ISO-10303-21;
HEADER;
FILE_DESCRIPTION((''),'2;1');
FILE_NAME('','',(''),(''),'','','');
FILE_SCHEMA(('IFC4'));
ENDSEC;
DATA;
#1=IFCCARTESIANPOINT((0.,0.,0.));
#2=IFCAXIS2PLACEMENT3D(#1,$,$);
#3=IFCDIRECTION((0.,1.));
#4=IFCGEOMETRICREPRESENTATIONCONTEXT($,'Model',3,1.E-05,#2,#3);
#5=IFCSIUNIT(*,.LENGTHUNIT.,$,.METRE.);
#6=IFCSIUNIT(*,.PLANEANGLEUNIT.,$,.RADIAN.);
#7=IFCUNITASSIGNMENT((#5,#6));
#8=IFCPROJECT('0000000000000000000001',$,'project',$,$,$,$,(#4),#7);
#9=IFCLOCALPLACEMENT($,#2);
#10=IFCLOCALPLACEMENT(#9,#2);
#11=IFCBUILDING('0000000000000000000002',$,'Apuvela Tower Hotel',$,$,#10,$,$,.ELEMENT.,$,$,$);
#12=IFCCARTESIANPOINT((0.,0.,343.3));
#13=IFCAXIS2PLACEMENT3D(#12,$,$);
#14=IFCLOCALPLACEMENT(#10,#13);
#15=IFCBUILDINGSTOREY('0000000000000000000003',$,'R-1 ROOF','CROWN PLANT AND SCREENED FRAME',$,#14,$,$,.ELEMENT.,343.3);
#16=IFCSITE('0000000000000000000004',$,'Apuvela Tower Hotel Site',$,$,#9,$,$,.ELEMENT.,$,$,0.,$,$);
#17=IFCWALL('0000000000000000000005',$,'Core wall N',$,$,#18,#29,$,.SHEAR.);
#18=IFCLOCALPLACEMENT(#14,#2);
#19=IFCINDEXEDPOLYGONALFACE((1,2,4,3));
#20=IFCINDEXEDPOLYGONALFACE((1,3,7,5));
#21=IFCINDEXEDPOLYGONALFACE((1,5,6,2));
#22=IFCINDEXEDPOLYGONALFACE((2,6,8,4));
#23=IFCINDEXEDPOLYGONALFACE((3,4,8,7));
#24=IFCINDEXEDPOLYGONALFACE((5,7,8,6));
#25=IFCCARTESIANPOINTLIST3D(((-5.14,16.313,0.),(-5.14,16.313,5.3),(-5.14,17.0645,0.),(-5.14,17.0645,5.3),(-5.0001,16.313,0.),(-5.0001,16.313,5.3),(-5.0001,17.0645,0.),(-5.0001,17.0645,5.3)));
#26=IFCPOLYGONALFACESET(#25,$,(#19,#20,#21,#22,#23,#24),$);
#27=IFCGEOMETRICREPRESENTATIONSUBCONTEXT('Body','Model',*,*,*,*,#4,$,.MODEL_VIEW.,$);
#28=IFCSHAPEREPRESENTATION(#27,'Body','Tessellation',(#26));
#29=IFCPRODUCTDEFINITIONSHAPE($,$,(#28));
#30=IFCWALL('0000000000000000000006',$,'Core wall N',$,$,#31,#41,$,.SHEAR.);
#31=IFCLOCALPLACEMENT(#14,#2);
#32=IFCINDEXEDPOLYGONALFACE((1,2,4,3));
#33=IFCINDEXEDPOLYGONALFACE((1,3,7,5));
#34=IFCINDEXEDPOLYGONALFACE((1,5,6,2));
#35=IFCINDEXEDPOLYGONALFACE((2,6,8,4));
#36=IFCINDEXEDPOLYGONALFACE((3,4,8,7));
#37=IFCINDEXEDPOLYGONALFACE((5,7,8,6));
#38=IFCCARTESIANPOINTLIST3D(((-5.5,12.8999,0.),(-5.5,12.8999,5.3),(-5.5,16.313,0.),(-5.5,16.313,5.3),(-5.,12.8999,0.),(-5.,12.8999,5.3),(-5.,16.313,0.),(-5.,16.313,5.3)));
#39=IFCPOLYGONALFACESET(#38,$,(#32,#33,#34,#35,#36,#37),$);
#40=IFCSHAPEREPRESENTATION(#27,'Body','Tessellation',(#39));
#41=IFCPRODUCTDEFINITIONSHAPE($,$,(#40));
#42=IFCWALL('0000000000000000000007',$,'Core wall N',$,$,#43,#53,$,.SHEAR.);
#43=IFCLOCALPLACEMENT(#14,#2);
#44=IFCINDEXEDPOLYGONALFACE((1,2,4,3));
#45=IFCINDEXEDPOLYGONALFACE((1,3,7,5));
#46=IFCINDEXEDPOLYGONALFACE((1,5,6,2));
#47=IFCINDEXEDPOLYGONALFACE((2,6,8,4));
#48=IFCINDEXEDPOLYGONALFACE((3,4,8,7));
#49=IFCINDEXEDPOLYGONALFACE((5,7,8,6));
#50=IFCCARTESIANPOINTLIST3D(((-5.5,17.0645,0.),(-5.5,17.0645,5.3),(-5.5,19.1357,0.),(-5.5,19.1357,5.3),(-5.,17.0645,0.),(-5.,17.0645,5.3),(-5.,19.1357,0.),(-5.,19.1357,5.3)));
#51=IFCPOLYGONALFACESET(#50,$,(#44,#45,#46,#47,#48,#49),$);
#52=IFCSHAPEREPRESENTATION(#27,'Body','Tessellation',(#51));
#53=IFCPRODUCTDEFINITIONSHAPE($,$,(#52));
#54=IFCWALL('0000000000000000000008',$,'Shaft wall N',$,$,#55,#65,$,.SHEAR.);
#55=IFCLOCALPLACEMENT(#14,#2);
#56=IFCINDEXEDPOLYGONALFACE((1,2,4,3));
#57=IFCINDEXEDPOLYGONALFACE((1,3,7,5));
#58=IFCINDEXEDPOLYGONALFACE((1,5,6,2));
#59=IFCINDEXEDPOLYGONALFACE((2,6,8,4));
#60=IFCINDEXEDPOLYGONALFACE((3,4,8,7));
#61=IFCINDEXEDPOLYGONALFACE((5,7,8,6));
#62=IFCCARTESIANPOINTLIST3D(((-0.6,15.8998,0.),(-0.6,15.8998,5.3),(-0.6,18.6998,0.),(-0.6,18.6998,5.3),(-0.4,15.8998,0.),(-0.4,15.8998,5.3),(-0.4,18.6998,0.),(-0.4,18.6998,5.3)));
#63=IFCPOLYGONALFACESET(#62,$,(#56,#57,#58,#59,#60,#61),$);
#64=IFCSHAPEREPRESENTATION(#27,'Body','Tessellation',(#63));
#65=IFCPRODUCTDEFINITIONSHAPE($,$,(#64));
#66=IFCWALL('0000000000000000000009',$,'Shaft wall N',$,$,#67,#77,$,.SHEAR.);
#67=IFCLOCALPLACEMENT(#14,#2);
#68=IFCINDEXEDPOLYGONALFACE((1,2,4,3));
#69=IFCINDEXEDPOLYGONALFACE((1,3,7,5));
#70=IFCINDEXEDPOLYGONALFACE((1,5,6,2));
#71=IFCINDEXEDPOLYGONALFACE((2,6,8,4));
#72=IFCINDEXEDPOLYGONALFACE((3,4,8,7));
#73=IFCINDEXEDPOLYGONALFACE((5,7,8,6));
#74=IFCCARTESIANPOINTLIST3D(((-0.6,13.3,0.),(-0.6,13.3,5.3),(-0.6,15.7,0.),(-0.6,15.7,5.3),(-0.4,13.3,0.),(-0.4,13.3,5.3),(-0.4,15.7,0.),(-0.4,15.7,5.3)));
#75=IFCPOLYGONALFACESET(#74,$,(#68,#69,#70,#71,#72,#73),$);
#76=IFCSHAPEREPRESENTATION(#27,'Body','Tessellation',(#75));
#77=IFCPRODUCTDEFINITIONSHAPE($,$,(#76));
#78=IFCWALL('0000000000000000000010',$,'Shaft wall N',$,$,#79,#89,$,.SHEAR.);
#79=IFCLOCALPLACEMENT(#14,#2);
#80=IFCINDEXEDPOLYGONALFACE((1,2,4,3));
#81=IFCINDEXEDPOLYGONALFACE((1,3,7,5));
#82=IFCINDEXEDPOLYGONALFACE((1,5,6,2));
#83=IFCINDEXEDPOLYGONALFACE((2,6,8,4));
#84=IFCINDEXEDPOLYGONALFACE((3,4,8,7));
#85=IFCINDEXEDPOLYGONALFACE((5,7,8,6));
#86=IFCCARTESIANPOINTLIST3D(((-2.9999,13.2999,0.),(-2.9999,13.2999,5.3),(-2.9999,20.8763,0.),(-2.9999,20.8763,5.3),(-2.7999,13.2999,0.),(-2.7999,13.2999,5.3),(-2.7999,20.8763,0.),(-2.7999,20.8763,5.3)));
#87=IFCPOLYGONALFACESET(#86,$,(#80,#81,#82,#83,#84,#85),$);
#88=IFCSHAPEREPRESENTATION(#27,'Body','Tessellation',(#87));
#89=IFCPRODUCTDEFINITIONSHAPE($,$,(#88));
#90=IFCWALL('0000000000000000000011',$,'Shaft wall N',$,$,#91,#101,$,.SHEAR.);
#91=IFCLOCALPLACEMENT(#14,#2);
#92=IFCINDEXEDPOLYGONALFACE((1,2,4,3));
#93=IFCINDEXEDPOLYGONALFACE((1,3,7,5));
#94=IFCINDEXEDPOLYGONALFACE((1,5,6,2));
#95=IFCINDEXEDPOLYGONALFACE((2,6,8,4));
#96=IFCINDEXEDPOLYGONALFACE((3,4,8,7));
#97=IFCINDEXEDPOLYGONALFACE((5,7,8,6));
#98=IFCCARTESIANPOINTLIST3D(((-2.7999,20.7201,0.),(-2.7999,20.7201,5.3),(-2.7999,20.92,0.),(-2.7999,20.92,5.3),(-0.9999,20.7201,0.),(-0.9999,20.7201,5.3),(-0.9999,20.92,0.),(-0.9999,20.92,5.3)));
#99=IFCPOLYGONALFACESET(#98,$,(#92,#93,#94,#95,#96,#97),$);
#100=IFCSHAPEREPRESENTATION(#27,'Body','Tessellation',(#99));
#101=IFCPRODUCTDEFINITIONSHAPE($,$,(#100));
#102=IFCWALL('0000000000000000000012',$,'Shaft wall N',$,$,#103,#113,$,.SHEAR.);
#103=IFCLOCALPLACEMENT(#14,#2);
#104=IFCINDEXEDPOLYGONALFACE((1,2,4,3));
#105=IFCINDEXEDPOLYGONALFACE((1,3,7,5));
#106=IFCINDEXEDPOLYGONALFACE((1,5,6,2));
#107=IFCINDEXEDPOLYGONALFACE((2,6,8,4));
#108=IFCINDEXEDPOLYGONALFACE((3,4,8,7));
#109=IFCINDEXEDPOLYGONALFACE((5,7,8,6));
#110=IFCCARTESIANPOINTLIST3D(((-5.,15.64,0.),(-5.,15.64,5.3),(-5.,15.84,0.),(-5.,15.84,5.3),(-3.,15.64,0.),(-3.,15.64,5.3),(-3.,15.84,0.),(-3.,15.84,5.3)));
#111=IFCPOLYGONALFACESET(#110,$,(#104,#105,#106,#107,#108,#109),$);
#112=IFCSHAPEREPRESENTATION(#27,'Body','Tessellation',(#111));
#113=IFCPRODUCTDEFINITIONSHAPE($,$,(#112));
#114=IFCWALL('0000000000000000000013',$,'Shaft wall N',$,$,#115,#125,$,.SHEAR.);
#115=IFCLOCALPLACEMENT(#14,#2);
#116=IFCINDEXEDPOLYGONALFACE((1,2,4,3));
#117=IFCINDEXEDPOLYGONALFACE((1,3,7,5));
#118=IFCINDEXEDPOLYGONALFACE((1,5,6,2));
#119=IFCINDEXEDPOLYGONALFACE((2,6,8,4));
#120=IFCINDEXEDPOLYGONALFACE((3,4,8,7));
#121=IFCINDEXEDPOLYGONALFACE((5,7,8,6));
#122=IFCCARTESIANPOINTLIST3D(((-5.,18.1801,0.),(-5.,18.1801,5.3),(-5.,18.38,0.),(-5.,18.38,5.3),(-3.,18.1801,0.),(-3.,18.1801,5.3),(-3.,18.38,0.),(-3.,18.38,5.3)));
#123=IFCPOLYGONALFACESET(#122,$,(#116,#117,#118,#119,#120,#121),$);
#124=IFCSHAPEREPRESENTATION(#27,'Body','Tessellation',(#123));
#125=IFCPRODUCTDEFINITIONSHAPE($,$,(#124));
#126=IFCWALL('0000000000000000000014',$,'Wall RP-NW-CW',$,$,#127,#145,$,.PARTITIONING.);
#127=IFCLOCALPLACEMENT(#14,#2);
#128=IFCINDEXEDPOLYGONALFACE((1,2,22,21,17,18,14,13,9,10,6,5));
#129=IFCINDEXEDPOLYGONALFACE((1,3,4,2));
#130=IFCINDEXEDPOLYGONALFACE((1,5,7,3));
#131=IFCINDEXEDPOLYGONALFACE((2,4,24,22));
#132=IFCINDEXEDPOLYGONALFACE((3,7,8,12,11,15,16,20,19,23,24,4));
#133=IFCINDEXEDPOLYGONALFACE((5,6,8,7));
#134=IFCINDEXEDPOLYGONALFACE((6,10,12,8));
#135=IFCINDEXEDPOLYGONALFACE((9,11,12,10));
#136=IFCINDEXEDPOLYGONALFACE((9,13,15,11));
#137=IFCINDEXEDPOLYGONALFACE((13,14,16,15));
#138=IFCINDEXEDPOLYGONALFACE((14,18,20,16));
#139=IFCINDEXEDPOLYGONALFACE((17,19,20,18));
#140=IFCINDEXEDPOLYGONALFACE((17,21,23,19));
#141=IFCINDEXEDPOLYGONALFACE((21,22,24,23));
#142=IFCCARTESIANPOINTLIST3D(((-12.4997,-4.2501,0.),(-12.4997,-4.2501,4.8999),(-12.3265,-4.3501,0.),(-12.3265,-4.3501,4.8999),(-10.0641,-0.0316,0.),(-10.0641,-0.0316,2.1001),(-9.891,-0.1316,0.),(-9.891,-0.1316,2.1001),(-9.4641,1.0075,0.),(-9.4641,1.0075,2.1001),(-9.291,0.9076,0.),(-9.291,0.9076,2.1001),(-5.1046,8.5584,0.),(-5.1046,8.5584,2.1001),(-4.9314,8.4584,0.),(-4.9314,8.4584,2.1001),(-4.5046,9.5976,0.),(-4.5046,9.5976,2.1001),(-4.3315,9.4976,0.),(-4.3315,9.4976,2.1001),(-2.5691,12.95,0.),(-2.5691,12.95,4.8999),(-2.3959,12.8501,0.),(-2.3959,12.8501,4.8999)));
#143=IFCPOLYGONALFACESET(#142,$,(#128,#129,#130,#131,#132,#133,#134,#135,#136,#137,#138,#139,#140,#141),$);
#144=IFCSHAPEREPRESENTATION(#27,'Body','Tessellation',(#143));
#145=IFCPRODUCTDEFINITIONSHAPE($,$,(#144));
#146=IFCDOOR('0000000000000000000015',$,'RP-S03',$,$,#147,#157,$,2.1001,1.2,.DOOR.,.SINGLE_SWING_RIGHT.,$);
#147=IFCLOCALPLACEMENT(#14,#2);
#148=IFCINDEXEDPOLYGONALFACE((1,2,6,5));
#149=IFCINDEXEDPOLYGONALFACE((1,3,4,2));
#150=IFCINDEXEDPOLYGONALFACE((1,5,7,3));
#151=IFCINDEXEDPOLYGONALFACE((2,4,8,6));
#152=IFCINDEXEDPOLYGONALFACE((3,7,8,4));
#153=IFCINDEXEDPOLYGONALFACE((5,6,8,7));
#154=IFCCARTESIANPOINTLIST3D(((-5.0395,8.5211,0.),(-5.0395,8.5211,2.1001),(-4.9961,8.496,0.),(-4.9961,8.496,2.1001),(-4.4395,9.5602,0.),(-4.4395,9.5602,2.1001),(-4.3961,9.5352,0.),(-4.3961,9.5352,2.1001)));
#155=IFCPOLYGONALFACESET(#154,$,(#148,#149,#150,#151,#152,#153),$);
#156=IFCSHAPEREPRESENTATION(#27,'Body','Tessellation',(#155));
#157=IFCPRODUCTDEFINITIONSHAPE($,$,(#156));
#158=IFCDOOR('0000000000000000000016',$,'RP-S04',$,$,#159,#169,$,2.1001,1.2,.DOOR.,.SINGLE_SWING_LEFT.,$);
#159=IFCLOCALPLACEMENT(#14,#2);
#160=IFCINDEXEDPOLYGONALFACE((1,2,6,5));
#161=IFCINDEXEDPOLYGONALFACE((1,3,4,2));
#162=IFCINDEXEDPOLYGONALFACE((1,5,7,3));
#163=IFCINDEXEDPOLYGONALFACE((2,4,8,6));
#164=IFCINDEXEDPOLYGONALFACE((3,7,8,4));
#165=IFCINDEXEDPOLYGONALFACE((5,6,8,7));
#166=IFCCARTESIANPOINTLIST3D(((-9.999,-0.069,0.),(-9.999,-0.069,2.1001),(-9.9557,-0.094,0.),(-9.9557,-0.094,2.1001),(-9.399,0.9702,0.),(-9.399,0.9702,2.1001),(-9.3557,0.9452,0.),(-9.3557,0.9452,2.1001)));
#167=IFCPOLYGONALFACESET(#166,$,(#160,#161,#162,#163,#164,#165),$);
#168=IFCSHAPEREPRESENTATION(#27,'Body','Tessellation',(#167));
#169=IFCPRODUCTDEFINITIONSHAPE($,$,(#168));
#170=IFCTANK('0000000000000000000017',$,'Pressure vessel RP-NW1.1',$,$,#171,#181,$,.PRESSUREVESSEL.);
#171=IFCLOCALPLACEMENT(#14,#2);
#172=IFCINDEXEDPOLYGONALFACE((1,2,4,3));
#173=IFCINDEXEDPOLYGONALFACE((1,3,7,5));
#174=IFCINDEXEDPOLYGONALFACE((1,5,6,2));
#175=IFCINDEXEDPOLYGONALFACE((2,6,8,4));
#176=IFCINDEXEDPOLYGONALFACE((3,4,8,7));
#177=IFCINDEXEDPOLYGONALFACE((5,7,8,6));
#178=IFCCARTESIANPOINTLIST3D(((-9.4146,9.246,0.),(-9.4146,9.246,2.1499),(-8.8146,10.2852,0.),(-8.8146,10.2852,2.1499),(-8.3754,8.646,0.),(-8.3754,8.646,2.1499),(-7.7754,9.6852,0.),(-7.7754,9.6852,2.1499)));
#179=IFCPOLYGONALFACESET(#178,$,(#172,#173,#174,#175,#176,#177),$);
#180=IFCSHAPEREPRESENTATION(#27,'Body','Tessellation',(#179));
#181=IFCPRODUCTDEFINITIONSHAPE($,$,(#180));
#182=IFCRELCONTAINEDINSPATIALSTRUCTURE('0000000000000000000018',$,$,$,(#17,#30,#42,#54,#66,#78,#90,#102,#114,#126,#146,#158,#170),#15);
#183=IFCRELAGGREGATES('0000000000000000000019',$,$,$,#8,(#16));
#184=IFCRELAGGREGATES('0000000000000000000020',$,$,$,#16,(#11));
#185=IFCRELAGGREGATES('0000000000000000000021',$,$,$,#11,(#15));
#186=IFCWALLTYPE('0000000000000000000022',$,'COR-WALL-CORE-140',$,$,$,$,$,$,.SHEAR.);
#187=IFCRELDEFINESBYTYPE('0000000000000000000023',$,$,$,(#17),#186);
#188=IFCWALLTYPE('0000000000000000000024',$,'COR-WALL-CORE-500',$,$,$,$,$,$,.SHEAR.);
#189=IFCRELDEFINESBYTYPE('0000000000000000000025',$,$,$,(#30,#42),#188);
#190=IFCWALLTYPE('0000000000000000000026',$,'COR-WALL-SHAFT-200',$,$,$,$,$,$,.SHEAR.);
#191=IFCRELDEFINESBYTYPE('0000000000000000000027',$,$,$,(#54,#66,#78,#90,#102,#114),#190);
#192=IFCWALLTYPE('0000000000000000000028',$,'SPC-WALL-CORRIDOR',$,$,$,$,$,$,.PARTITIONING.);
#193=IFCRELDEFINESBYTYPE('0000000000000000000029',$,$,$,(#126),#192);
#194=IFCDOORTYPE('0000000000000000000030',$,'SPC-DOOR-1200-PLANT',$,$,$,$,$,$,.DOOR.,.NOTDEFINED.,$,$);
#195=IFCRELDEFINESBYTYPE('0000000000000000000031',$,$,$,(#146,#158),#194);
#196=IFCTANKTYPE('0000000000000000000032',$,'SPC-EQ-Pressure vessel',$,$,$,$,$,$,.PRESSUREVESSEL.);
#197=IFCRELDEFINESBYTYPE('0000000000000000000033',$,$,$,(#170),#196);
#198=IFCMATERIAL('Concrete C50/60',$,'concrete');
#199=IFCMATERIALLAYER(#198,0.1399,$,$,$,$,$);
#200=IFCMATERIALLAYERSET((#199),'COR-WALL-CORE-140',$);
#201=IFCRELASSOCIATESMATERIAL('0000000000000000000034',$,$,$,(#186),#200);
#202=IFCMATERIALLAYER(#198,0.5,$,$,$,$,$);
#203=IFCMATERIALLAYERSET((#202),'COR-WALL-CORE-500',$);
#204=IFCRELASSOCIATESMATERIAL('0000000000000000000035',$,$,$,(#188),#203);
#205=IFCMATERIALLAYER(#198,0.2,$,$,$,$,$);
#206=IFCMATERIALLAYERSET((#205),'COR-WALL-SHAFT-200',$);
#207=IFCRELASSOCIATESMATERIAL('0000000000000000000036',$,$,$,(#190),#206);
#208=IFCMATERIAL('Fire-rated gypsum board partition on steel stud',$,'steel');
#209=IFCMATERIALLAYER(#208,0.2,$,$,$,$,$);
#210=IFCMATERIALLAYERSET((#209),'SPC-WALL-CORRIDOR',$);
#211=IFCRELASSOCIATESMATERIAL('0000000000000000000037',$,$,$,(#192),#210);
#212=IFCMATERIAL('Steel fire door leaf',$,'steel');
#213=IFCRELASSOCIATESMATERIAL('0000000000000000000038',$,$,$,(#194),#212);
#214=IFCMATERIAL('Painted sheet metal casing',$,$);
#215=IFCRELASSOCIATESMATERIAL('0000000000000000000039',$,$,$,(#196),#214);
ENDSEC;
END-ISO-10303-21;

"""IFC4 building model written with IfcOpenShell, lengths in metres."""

from ifc_helpers import new_model, si_unit, direction, frame, frame_2d, origin, origin_2d, place, context, subcontext, project, spatial, rectangle, extrude, material, layer, layer_set, type_object, element, fill, save


model = new_model("IFC4")

# Units and contexts
model_context = context("Model", 3, precision=1e-05, world=origin(), true_north=direction((0.0, 1.0)))
body_context = subcontext(model_context, "Body", "Model", "MODEL_VIEW")
ifc_project = project(units=[si_unit("LENGTHUNIT", "METRE"), si_unit("PLANEANGLEUNIT", "RADIAN")], contexts=[model_context])

# Site, building, storey
site_placement = place(None, origin())
site = spatial("IfcSite", under=ifc_project, at=site_placement, Name="Apuvela Tower Hotel Site", CompositionType="ELEMENT", RefElevation=0.0)
building_placement = place(site_placement, origin())
building = spatial("IfcBuilding", under=site, at=building_placement, Name="Apuvela Tower Hotel", CompositionType="ELEMENT")
storey_placement = place(building_placement, frame((0.0, 0.0, 343.3)))
storey = spatial("IfcBuildingStorey", under=building, at=storey_placement, Name="R-1 ROOF", Description="CROWN PLANT AND SCREENED FRAME", CompositionType="ELEMENT", Elevation=343.3)

# Walls
ifc_material_1 = material(Name="Concrete C50/60", Category="concrete")
ifc_layer_1 = layer(ifc_material_1, 0.1399)
ifc_layer_set_1 = layer_set([ifc_layer_1], Name="COR-WALL-CORE-140")
wall_type_1 = type_object("IfcWallType", Name="COR-WALL-CORE-140", PredefinedType="SHEAR", material=ifc_layer_set_1)
wall_1_placement = place(storey_placement, frame((-5.0701, 16.313, 0.0), z_axis=(0.0, 0.0, 1.0), x_axis=(0.0, 1.0, 0.0)))
element("IfcWall", 1, at=wall_1_placement, inside=storey, type_object=wall_type_1, Name="Core wall N", PredefinedType="SHEAR", context=body_context, shape_type="SweptSolid", body=[
    extrude(rectangle(XDim=0.7515, YDim=0.1399, at=frame_2d((0.3757, 0.0))), origin(), (0.0, 0.0, 1.0), 5.3),
])
ifc_layer_2 = layer(ifc_material_1, 0.5)
ifc_layer_set_2 = layer_set([ifc_layer_2], Name="COR-WALL-CORE-500")
wall_type_2 = type_object("IfcWallType", Name="COR-WALL-CORE-500", PredefinedType="SHEAR", material=ifc_layer_set_2)
wall_2_placement = place(storey_placement, frame((-5.25, 12.8999, 0.0), z_axis=(0.0, 0.0, 1.0), x_axis=(0.0, 1.0, 0.0)))
element("IfcWall", 2, at=wall_2_placement, inside=storey, type_object=wall_type_2, Name="Core wall N", PredefinedType="SHEAR", context=body_context, shape_type="SweptSolid", body=[
    extrude(rectangle(XDim=3.4131, YDim=0.5, at=frame_2d((1.7065, 0.0))), origin(), (0.0, 0.0, 1.0), 5.3),
])
wall_3_placement = place(storey_placement, frame((-5.25, 17.0645, 0.0), z_axis=(0.0, 0.0, 1.0), x_axis=(0.0, 1.0, 0.0)))
element("IfcWall", 3, at=wall_3_placement, inside=storey, type_object=wall_type_2, Name="Core wall N", PredefinedType="SHEAR", context=body_context, shape_type="SweptSolid", body=[
    extrude(rectangle(XDim=2.0713, YDim=0.5, at=frame_2d((1.0356, 0.0))), origin(), (0.0, 0.0, 1.0), 5.3),
])
ifc_layer_3 = layer(ifc_material_1, 0.2)
ifc_layer_set_3 = layer_set([ifc_layer_3], Name="COR-WALL-SHAFT-200")
wall_type_3 = type_object("IfcWallType", Name="COR-WALL-SHAFT-200", PredefinedType="SHEAR", material=ifc_layer_set_3)
wall_4_placement = place(storey_placement, frame((-0.5, 15.8999, 0.0), z_axis=(0.0, 0.0, 1.0), x_axis=(0.0, 1.0, 0.0)))
element("IfcWall", 4, at=wall_4_placement, inside=storey, type_object=wall_type_3, Name="Shaft wall N", PredefinedType="SHEAR", context=body_context, shape_type="SweptSolid", body=[
    extrude(rectangle(XDim=2.8, YDim=0.2, at=frame_2d((1.3999, 0.0))), origin(), (0.0, 0.0, 1.0), 5.3),
])
wall_5_placement = place(storey_placement, frame((-0.5, 13.3, 0.0), z_axis=(0.0, 0.0, 1.0), x_axis=(0.0, 1.0, 0.0)))
element("IfcWall", 5, at=wall_5_placement, inside=storey, type_object=wall_type_3, Name="Shaft wall N", PredefinedType="SHEAR", context=body_context, shape_type="SweptSolid", body=[
    extrude(rectangle(XDim=2.3999, YDim=0.2, at=frame_2d((1.2, 0.0))), origin(), (0.0, 0.0, 1.0), 5.3),
])
wall_6_placement = place(storey_placement, frame((-2.8999, 13.3, 0.0), z_axis=(0.0, 0.0, 1.0), x_axis=(0.0, 1.0, 0.0)))
element("IfcWall", 6, at=wall_6_placement, inside=storey, type_object=wall_type_3, Name="Shaft wall N", PredefinedType="SHEAR", context=body_context, shape_type="SweptSolid", body=[
    extrude(rectangle(XDim=7.5764, YDim=0.2, at=frame_2d((3.7881, 0.0))), origin(), (0.0, 0.0, 1.0), 5.3),
])
wall_7_placement = place(storey_placement, frame((-1.0, 20.8201, 0.0), z_axis=(0.0, 0.0, 1.0), x_axis=(-1.0, 0.0, 0.0)))
element("IfcWall", 7, at=wall_7_placement, inside=storey, type_object=wall_type_3, Name="Shaft wall N", PredefinedType="SHEAR", context=body_context, shape_type="SweptSolid", body=[
    extrude(rectangle(XDim=1.8, YDim=0.2, at=frame_2d((0.8999, 0.0))), origin(), (0.0, 0.0, 1.0), 5.3),
])
for number, where, z_axis, x_axis, name in (
    (8, (-3.0, 15.74, 0.0), (0.0, 0.0, 1.0), (-1.0, 0.0, 0.0), "Shaft wall N"),
    (9, (-3.0, 18.28, 0.0), (0.0, 0.0, 1.0), (-1.0, 0.0, 0.0), "Shaft wall N"),
):
    element("IfcWall", number, at=place(storey_placement, frame(where, z_axis=z_axis, x_axis=x_axis)), inside=storey, type_object=wall_type_3, Name=name, PredefinedType="SHEAR", context=body_context, shape_type="SweptSolid", body=[
        extrude(rectangle(XDim=2.0, YDim=0.2, at=frame_2d((1.0, 0.0))), origin(), (0.0, 0.0, 1.0), 5.3),
    ])

# Wall, openings, doors
ifc_material_2 = material(Name="Fire-rated gypsum board partition on steel stud", Category="steel")
ifc_layer_4 = layer(ifc_material_2, 0.2)
ifc_layer_set_4 = layer_set([ifc_layer_4], Name="SPC-WALL-CORRIDOR")
wall_type_4 = type_object("IfcWallType", Name="SPC-WALL-CORRIDOR", PredefinedType="PARTITIONING", material=ifc_layer_set_4)
wall_8_placement = place(storey_placement, frame((-2.4824, 12.9001, 0.0), z_axis=(0.0, 0.0, 1.0), x_axis=(-0.500005, -0.866023, 0.0)))
wall_8 = element("IfcWall", 10, at=wall_8_placement, inside=storey, type_object=wall_type_4, Name="Wall RP-NW-CW", PredefinedType="PARTITIONING", context=body_context, shape_type="SweptSolid", body=[
    extrude(rectangle(XDim=19.8611, YDim=0.2, at=frame_2d((9.9307, 0.0))), origin(), (0.0, 0.0, 1.0), 4.8999),
])
opening_1_placement = place(wall_8_placement, frame((3.8711, 0.0, 0.0)))
opening_1 = element("IfcOpeningElement", 11, at=opening_1_placement, cuts=wall_8, PredefinedType="OPENING", context=body_context, shape_type="SweptSolid", body=[
    extrude(rectangle(XDim=1.2, YDim=2.1001, at=frame_2d((0.6001, 1.05))), frame((0.0, 0.1099, 0.0), z_axis=(0.0, -1.0, 0.0), x_axis=(1.0, 0.0, 0.0)), (0.0, 0.0, 1.0), 0.22),
])
opening_2_placement = place(wall_8_placement, frame((13.79, 0.0, 0.0)))
opening_2 = element("IfcOpeningElement", 12, at=opening_2_placement, cuts=wall_8, PredefinedType="OPENING", context=body_context, shape_type="SweptSolid", body=[
    extrude(rectangle(XDim=1.2, YDim=2.1001, at=frame_2d((0.6001, 1.05))), frame((0.0, 0.1099, 0.0), z_axis=(0.0, -1.0, 0.0), x_axis=(1.0, 0.0, 0.0)), (0.0, 0.0, 1.0), 0.22),
])
ifc_material_3 = material(Name="Steel fire door leaf", Category="steel")
door_type = type_object("IfcDoorType", Name="SPC-DOOR-1200-PLANT", OperationType="NOTDEFINED", PredefinedType="DOOR", material=ifc_material_3)
door_1_placement = place(opening_1_placement, frame((1.2, 0.0, 0.0), z_axis=(0.0, 0.0, 1.0), x_axis=(-1.0, 0.0, 0.0)))
door_1 = element("IfcDoor", 13, at=door_1_placement, inside=storey, type_object=door_type, Name="RP-S03", OperationType="SINGLE_SWING_RIGHT", OverallHeight=2.1001, OverallWidth=1.2, PredefinedType="DOOR", context=body_context, shape_type="SweptSolid", body=[
    extrude(rectangle(XDim=1.2, YDim=2.1001, at=frame_2d((0.6001, 1.05))), frame((0.0, 0.0249, 0.0), z_axis=(0.0, -1.0, 0.0), x_axis=(1.0, 0.0, 0.0)), (0.0, 0.0, 1.0), 0.05),
])
fill(opening_1, door_1)
door_2_placement = place(opening_2_placement, frame((1.2, 0.0, 0.0), z_axis=(0.0, 0.0, 1.0), x_axis=(-1.0, 0.0, 0.0)))
door_2 = element("IfcDoor", 14, at=door_2_placement, inside=storey, type_object=door_type, Name="RP-S04", OperationType="SINGLE_SWING_LEFT", OverallHeight=2.1001, OverallWidth=1.2, PredefinedType="DOOR", context=body_context, shape_type="SweptSolid", body=[
    extrude(rectangle(XDim=1.2, YDim=2.1001, at=frame_2d((0.6001, 1.05))), frame((0.0, 0.0249, 0.0), z_axis=(0.0, -1.0, 0.0), x_axis=(1.0, 0.0, 0.0)), (0.0, 0.0, 1.0), 0.05),
])
fill(opening_2, door_2)

# Tank
ifc_material_4 = material(Name="Painted sheet metal casing")
tank_type = type_object("IfcTankType", Name="SPC-EQ-Pressure vessel", PredefinedType="PRESSUREVESSEL", material=ifc_material_4)
tank_placement = place(storey_placement, frame((-8.595, 9.4656, 0.0), z_axis=(0.0, 0.0, 1.0), x_axis=(-0.5, -0.866025, 0.0)))
element("IfcTank", 15, at=tank_placement, inside=storey, type_object=tank_type, Name="Pressure vessel RP-NW1.1", PredefinedType="PRESSUREVESSEL", context=body_context, shape_type="SweptSolid", body=[
    extrude(rectangle(XDim=1.2, YDim=1.2, at=origin_2d()), origin(), (0.0, 0.0, 1.0), 2.1499),
])

save(model, "model.ifc")
